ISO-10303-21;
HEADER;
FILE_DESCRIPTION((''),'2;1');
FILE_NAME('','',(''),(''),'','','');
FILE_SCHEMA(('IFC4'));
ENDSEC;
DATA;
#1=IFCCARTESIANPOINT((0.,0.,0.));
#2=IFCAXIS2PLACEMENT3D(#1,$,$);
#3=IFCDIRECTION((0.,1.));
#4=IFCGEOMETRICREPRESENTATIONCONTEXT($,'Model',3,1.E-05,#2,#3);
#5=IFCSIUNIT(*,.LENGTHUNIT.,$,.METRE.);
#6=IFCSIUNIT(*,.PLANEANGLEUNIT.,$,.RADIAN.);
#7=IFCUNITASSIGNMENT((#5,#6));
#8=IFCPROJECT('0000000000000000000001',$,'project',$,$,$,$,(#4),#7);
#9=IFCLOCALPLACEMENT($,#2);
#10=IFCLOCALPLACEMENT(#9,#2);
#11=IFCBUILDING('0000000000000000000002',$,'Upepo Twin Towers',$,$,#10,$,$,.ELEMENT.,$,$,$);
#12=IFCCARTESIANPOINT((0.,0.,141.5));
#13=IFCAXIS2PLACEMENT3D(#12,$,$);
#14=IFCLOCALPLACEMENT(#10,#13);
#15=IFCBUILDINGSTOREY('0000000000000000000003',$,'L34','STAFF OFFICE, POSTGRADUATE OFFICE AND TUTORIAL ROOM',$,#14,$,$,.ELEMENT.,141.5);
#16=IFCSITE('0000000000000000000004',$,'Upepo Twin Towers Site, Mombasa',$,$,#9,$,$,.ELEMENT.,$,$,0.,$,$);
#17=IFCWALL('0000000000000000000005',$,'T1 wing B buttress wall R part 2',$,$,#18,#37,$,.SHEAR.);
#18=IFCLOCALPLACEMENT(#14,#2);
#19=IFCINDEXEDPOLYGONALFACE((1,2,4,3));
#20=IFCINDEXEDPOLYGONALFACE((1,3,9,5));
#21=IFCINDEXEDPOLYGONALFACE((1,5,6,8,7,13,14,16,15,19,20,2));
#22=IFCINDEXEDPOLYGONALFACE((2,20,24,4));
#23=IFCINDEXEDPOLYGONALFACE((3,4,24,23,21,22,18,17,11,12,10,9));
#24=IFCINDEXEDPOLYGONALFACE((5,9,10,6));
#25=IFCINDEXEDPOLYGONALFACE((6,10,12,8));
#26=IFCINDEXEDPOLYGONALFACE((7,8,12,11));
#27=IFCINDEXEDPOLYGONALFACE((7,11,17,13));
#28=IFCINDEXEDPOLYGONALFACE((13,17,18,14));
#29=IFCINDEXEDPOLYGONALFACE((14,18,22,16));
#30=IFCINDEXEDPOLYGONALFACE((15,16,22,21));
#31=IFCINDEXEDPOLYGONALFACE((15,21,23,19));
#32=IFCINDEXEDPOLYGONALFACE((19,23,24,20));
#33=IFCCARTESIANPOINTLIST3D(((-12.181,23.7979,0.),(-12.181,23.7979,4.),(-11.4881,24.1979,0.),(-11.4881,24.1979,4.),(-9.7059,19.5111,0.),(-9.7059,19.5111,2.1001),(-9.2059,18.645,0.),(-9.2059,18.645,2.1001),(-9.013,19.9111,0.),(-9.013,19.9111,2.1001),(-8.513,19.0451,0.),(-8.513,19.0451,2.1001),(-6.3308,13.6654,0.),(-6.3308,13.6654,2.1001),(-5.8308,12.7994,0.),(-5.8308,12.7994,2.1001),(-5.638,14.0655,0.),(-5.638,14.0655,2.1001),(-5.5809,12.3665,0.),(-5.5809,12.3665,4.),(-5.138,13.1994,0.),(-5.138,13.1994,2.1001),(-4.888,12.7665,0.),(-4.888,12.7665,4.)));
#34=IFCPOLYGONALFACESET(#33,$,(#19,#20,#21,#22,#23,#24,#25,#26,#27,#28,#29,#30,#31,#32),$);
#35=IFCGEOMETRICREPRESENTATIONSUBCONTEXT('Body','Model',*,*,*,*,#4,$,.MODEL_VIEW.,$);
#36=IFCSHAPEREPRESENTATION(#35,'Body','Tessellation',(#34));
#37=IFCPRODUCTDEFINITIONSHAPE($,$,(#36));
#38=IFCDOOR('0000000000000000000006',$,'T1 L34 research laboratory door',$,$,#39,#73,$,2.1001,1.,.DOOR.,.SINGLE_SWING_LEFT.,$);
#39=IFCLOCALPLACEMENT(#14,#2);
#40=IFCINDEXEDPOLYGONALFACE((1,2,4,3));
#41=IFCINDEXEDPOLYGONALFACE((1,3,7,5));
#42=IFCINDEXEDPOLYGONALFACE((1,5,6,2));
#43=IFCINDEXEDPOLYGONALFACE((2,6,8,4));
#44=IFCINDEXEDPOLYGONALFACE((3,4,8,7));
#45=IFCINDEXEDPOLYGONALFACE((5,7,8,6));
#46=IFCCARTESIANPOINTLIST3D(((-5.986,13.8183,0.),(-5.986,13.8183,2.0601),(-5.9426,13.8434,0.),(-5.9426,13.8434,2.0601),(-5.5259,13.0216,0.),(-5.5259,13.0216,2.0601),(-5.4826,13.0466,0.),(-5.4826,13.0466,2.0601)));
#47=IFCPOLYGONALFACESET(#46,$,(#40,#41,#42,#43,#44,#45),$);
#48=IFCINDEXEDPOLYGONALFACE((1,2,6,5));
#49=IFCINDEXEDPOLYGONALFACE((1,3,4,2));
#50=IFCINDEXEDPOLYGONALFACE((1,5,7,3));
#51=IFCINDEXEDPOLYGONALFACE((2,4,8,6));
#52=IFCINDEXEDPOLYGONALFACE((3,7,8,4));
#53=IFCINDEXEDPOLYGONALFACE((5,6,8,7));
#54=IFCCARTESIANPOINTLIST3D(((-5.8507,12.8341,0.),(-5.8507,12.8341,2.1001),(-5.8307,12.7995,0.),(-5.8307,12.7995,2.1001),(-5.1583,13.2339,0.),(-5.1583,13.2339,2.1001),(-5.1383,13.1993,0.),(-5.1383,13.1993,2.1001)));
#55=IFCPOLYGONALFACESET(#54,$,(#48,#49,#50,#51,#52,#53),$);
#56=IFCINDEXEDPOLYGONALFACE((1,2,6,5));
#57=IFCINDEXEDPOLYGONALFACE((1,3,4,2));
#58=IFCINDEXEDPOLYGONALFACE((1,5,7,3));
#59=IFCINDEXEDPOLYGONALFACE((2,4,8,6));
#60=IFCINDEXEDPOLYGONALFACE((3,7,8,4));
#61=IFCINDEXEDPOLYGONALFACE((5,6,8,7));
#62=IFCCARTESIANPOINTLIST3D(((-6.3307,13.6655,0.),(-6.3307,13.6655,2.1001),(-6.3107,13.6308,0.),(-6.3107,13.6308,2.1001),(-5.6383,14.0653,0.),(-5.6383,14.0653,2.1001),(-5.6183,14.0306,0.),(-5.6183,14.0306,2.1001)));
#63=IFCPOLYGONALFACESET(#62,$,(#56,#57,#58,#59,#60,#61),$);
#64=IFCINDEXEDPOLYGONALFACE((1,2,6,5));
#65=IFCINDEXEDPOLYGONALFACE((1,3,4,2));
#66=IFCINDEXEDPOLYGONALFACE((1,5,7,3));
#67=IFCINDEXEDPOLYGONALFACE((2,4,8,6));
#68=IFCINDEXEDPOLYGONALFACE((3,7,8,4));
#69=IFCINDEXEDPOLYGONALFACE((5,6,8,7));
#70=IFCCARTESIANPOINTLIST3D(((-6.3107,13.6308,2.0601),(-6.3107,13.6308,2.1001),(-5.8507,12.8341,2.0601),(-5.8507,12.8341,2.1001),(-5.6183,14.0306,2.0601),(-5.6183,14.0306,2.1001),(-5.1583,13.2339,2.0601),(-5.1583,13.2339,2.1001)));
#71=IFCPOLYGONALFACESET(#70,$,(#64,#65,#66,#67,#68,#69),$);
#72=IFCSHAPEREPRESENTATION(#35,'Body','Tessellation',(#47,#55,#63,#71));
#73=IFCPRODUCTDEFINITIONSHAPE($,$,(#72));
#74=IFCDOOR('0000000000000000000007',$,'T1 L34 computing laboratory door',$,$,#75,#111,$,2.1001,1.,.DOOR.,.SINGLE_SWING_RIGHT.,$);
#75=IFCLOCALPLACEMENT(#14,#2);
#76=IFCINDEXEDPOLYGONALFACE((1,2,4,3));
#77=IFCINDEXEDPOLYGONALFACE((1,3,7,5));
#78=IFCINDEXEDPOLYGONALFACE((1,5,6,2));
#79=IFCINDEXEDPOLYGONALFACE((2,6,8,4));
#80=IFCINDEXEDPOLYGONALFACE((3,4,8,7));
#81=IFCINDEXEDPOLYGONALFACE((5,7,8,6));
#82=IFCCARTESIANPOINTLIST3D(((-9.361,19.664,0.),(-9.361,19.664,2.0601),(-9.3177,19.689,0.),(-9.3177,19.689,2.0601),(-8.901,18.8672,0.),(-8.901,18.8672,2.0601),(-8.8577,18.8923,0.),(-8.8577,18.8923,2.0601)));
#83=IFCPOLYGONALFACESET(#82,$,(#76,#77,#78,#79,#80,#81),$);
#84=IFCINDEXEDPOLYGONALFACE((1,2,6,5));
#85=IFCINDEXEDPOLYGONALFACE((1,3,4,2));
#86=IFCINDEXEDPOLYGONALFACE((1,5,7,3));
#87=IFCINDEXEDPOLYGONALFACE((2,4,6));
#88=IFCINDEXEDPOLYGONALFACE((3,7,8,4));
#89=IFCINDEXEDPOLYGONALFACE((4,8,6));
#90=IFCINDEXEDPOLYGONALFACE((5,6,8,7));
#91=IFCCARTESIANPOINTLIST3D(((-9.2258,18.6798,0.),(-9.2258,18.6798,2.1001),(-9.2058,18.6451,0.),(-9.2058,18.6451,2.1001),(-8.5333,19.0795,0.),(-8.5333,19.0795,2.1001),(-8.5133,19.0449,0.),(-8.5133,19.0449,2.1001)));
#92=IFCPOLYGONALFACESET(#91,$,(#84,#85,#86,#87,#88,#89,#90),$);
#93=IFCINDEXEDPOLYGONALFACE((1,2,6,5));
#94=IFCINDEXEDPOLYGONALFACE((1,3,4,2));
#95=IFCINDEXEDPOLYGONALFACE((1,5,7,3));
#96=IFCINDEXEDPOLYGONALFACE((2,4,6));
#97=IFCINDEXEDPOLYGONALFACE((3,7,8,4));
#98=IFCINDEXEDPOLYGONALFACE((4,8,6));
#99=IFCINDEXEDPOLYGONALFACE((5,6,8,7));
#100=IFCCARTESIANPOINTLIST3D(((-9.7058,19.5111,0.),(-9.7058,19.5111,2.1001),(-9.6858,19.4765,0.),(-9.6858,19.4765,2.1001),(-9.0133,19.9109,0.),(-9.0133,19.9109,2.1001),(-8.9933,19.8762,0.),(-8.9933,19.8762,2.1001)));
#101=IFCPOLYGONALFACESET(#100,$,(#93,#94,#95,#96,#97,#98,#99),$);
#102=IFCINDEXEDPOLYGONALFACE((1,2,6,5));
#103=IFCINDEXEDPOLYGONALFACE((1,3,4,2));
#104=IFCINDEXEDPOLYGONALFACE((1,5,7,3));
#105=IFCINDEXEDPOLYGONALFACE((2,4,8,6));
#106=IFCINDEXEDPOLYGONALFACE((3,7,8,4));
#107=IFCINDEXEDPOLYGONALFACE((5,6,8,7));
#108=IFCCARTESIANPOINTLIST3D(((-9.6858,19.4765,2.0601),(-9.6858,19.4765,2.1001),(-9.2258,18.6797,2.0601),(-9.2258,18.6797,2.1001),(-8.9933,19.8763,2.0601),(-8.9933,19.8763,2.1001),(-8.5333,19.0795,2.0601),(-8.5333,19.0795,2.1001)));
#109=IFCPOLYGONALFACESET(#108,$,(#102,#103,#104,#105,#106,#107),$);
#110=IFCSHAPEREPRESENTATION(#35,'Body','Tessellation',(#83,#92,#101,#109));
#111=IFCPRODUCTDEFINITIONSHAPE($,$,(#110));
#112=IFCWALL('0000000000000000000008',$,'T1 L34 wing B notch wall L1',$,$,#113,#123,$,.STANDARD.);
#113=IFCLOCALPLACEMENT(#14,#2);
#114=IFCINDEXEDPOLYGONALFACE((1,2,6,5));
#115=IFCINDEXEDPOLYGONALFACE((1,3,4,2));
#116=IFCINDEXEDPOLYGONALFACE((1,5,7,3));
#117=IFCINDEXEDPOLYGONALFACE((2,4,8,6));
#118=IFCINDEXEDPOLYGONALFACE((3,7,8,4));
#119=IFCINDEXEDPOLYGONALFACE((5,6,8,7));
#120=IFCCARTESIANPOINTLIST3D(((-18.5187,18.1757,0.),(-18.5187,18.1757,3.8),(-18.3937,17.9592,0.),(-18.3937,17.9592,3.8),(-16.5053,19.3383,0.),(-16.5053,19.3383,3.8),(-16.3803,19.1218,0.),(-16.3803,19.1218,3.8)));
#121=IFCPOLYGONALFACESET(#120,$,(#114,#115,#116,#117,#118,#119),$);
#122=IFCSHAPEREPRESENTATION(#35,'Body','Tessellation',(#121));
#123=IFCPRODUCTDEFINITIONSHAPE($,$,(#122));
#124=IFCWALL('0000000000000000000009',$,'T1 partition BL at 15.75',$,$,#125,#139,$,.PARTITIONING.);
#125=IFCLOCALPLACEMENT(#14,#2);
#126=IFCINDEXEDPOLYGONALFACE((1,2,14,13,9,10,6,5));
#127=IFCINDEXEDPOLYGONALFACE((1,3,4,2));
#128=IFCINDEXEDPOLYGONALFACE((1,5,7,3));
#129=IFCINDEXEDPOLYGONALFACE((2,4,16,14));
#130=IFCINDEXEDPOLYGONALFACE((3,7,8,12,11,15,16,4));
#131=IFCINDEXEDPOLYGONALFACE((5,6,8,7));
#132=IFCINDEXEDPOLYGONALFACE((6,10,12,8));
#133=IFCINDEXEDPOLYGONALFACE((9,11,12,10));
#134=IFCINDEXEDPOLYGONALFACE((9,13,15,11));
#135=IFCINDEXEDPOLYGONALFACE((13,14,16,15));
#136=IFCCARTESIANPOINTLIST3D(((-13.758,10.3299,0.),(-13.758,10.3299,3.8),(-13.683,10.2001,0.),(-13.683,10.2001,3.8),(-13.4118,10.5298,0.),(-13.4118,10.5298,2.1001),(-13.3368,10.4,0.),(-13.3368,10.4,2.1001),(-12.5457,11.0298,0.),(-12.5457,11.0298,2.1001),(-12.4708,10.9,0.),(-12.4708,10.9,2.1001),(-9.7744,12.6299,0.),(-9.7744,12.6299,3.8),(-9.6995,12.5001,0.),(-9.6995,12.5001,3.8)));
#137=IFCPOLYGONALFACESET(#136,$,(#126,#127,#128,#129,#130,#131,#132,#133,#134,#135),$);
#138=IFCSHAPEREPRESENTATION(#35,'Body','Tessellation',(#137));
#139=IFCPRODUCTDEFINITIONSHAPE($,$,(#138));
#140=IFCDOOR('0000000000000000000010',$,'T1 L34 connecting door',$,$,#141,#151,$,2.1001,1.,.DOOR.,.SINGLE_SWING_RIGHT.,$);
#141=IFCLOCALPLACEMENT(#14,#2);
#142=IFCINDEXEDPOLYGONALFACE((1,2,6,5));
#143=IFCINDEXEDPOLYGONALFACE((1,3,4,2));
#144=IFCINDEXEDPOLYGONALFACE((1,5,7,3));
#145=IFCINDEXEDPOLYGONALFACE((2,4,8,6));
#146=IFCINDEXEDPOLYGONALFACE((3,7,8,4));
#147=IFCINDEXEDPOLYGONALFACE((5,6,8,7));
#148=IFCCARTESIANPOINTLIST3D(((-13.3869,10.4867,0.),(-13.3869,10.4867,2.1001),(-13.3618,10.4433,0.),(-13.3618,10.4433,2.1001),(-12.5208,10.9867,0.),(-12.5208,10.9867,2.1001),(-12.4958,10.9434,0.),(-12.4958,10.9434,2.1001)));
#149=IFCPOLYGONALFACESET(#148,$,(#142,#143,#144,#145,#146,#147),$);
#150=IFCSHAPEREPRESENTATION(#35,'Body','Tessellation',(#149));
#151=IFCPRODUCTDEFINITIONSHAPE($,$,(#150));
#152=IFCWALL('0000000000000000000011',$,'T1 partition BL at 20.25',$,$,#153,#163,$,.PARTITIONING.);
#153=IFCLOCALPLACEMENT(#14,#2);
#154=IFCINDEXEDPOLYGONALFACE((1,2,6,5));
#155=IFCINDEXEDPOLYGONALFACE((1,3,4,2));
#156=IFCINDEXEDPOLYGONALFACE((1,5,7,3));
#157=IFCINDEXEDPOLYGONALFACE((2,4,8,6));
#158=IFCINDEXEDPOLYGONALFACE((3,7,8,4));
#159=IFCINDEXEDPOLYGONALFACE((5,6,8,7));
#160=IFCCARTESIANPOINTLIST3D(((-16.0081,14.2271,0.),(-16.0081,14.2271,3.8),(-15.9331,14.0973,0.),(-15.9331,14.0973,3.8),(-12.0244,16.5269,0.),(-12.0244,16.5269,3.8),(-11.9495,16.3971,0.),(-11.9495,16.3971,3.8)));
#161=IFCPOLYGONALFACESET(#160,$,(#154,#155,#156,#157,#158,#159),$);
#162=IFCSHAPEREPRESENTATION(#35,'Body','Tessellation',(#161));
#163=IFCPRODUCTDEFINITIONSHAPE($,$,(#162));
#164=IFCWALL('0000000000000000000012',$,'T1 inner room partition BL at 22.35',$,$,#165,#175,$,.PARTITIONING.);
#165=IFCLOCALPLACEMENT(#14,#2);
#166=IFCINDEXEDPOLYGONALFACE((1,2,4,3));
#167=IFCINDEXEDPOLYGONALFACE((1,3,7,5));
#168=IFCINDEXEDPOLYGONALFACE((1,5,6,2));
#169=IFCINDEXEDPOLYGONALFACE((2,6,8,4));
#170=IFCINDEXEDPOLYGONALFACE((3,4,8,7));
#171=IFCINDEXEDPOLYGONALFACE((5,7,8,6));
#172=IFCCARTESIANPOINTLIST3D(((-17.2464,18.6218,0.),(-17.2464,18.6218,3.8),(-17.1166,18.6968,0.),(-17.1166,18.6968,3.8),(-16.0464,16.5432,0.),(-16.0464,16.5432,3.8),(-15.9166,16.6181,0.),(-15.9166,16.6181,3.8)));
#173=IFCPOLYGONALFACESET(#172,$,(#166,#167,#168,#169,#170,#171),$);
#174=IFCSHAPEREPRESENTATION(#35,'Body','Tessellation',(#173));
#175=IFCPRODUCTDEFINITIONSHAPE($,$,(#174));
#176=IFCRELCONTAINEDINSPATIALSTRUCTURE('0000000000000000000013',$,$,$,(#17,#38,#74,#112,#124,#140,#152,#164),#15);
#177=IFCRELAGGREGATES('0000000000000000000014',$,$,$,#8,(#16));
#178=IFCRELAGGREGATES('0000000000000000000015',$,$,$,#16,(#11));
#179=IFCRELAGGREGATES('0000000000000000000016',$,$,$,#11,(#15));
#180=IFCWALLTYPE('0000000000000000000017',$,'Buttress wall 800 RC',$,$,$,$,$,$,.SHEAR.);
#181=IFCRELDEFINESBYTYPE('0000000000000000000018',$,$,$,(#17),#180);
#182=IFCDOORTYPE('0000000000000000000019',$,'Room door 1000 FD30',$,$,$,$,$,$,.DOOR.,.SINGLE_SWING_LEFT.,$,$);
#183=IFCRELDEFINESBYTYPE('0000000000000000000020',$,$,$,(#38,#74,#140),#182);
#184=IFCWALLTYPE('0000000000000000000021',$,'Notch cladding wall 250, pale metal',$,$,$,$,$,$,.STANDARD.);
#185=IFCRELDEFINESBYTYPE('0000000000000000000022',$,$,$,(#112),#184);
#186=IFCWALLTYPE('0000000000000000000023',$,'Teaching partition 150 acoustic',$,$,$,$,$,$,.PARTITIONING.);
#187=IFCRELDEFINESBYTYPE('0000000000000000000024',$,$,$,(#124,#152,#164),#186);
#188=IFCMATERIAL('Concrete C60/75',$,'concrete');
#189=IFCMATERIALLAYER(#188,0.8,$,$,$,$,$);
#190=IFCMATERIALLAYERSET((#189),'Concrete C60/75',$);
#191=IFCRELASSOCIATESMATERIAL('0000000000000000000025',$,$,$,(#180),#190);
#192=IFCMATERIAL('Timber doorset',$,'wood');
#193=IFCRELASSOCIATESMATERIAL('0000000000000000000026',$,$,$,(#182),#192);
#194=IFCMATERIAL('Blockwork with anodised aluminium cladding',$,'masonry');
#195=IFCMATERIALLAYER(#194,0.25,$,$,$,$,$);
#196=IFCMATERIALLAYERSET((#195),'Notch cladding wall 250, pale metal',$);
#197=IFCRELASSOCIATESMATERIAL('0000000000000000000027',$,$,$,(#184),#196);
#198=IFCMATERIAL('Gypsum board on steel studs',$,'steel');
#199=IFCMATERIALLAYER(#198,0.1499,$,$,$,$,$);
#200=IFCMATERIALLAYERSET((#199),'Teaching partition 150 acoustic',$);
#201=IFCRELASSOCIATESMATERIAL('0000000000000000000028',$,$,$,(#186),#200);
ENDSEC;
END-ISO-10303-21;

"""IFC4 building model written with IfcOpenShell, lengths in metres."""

from ifc_helpers import new_model, si_unit, direction, frame, frame_2d, origin, place, context, subcontext, project, spatial, rectangle, extrude, material, layer, layer_set, type_object, element, fill, save


model = new_model("IFC4")

# Units and contexts
model_context = context("Model", 3, precision=1e-05, world=origin(), true_north=direction((0.0, 1.0)))
body_context = subcontext(model_context, "Body", "Model", "MODEL_VIEW")
ifc_project = project(units=[si_unit("LENGTHUNIT", "METRE"), si_unit("PLANEANGLEUNIT", "RADIAN")], contexts=[model_context])

# Site, building, storey
site_placement = place(None, origin())
site = spatial("IfcSite", under=ifc_project, at=site_placement, Name="Upepo Twin Towers Site, Mombasa", CompositionType="ELEMENT", RefElevation=0.0)
building_placement = place(site_placement, origin())
building = spatial("IfcBuilding", under=site, at=building_placement, Name="Upepo Twin Towers", CompositionType="ELEMENT")
storey_placement = place(building_placement, frame((0.0, 0.0, 141.5)))
storey = spatial("IfcBuildingStorey", under=building, at=storey_placement, Name="L34", Description="STAFF OFFICE, POSTGRADUATE OFFICE AND TUTORIAL ROOM", CompositionType="ELEMENT", Elevation=141.5)

# Wall, openings, doors
ifc_material_1 = material(Name="Concrete C60/75", Category="concrete")
ifc_layer_1 = layer(ifc_material_1, 0.8)
ifc_layer_set_1 = layer_set([ifc_layer_1], Name="Concrete C60/75")
wall_type_1 = type_object("IfcWallType", Name="Buttress wall 800 RC", PredefinedType="SHEAR", material=ifc_layer_set_1)
wall_1_placement = place(storey_placement, frame((-5.2344, 12.5664, 0.0), z_axis=(0.0, 0.0, 1.0), x_axis=(-0.50001, 0.86602, 0.0)))
wall_1 = element("IfcWall", 1, at=wall_1_placement, inside=storey, type_object=wall_type_1, Name="T1 wing B buttress wall R part 2", PredefinedType="SHEAR", context=body_context, shape_type="SweptSolid", body=[
    extrude(rectangle(XDim=13.2, YDim=0.8, at=frame_2d((6.6001, 0.0))), origin(), (0.0, 0.0, 1.0), 4.0),
])
opening_1_placement = place(wall_1_placement, frame((0.5, 0.0, 0.0)))
opening_1 = element("IfcOpeningElement", 2, at=opening_1_placement, cuts=wall_1, PredefinedType="OPENING", context=body_context, shape_type="SweptSolid", body=[
    extrude(rectangle(XDim=1.0, YDim=2.1001, at=frame_2d((0.5, 1.05))), frame((0.0, 0.4099, 0.0), z_axis=(0.0, -1.0, 0.0), x_axis=(1.0, 0.0, 0.0)), (0.0, 0.0, 1.0), 0.8201),
])
opening_2_placement = place(wall_1_placement, frame((7.25, 0.0, 0.0)))
opening_2 = element("IfcOpeningElement", 3, at=opening_2_placement, cuts=wall_1, PredefinedType="OPENING", context=body_context, shape_type="SweptSolid", body=[
    extrude(rectangle(XDim=1.0, YDim=2.1001, at=frame_2d((0.5, 1.05))), frame((0.0, 0.4099, 0.0), z_axis=(0.0, -1.0, 0.0), x_axis=(1.0, 0.0, 0.0)), (0.0, 0.0, 1.0), 0.8201),
])
ifc_material_2 = material(Name="Timber doorset", Category="wood")
door_type = type_object("IfcDoorType", Name="Room door 1000 FD30", OperationType="SINGLE_SWING_LEFT", PredefinedType="DOOR", material=ifc_material_2)
door_1_placement = place(opening_1_placement, origin())
door_1 = element("IfcDoor", 4, at=door_1_placement, inside=storey, type_object=door_type, Name="T1 L34 research laboratory door", OperationType="SINGLE_SWING_LEFT", OverallHeight=2.1001, OverallWidth=1.0, PredefinedType="DOOR", context=body_context, shape_type="SweptSolid", body=[
    extrude(rectangle(XDim=0.92, YDim=2.0601, at=frame_2d((0.5, 1.03))), frame((0.0, 0.0249, 0.0), z_axis=(0.0, -1.0, 0.0), x_axis=(1.0, 0.0, 0.0)), (0.0, 0.0, 1.0), 0.05),
    extrude(rectangle(XDim=0.04, YDim=2.1001, at=frame_2d((0.02, 1.05))), frame((0.0, 0.3999, 0.0), z_axis=(0.0, -1.0, 0.0), x_axis=(1.0, 0.0, 0.0)), (0.0, 0.0, 1.0), 0.7996),
    extrude(rectangle(XDim=0.04, YDim=2.1001, at=frame_2d((0.98, 1.05))), frame((0.0, 0.3999, 0.0), z_axis=(0.0, -1.0, 0.0), x_axis=(1.0, 0.0, 0.0)), (0.0, 0.0, 1.0), 0.7996),
    extrude(rectangle(XDim=0.92, YDim=0.04, at=frame_2d((0.5, 2.0801))), frame((0.0, 0.3999, 0.0), z_axis=(0.0, -1.0, 0.0), x_axis=(1.0, 0.0, 0.0)), (0.0, 0.0, 1.0), 0.7996),
])
fill(opening_1, door_1)
door_2_placement = place(opening_2_placement, origin())
door_2 = element("IfcDoor", 5, at=door_2_placement, inside=storey, type_object=door_type, Name="T1 L34 computing laboratory door", OperationType="SINGLE_SWING_RIGHT", OverallHeight=2.1001, OverallWidth=1.0, PredefinedType="DOOR", context=body_context, shape_type="SweptSolid", body=[
    extrude(rectangle(XDim=0.92, YDim=2.0601, at=frame_2d((0.5, 1.03))), frame((0.0, 0.0249, 0.0), z_axis=(0.0, -1.0, 0.0), x_axis=(1.0, 0.0, 0.0)), (0.0, 0.0, 1.0), 0.05),
    extrude(rectangle(XDim=0.04, YDim=2.1001, at=frame_2d((0.02, 1.05))), frame((0.0, 0.3999, 0.0), z_axis=(0.0, -1.0, 0.0), x_axis=(1.0, 0.0, 0.0)), (0.0, 0.0, 1.0), 0.7996),
    extrude(rectangle(XDim=0.04, YDim=2.1001, at=frame_2d((0.98, 1.05))), frame((0.0, 0.3999, 0.0), z_axis=(0.0, -1.0, 0.0), x_axis=(1.0, 0.0, 0.0)), (0.0, 0.0, 1.0), 0.7996),
    extrude(rectangle(XDim=0.92, YDim=0.04, at=frame_2d((0.5, 2.0801))), frame((0.0, 0.3999, 0.0), z_axis=(0.0, -1.0, 0.0), x_axis=(1.0, 0.0, 0.0)), (0.0, 0.0, 1.0), 0.7996),
])
fill(opening_2, door_2)

# Wall
ifc_material_3 = material(Name="Blockwork with anodised aluminium cladding", Category="masonry")
ifc_layer_2 = layer(ifc_material_3, 0.25)
ifc_layer_set_2 = layer_set([ifc_layer_2], Name="Notch cladding wall 250, pale metal")
wall_type_2 = type_object("IfcWallType", Name="Notch cladding wall 250, pale metal", PredefinedType="STANDARD", material=ifc_layer_set_2)
wall_2_placement = place(storey_placement, frame((-18.4563, 18.0674, 0.0), z_axis=(0.0, 0.0, 1.0), x_axis=(0.865998, 0.500047, 0.0)))
element("IfcWall", 6, at=wall_2_placement, inside=storey, type_object=wall_type_2, Name="T1 L34 wing B notch wall L1", PredefinedType="STANDARD", context=body_context, shape_type="SweptSolid", body=[
    extrude(rectangle(XDim=2.325, YDim=0.25, at=frame_2d((1.1626, 0.0))), origin(), (0.0, 0.0, 1.0), 3.8),
])

# Wall, opening, door
ifc_material_4 = material(Name="Gypsum board on steel studs", Category="steel")
ifc_layer_3 = layer(ifc_material_4, 0.1499)
ifc_layer_set_3 = layer_set([ifc_layer_3], Name="Teaching partition 150 acoustic")
wall_type_3 = type_object("IfcWallType", Name="Teaching partition 150 acoustic", PredefinedType="PARTITIONING", material=ifc_layer_set_3)
wall_3_placement = place(storey_placement, frame((-9.7371, 12.5649, 0.0), z_axis=(0.0, 0.0, 1.0), x_axis=(-0.866017, -0.500015, 0.0)))
wall_3 = element("IfcWall", 7, at=wall_3_placement, inside=storey, type_object=wall_type_3, Name="T1 partition BL at 15.75", PredefinedType="PARTITIONING", context=body_context, shape_type="SweptSolid", body=[
    extrude(rectangle(XDim=4.5999, YDim=0.1499, at=frame_2d((2.2998, 0.0))), origin(), (0.0, 0.0, 1.0), 3.8),
])
opening_3_placement = place(wall_3_placement, frame((3.2, 0.0, 0.0)))
opening_3 = element("IfcOpeningElement", 8, at=opening_3_placement, cuts=wall_3, PredefinedType="OPENING", context=body_context, shape_type="SweptSolid", body=[
    extrude(rectangle(XDim=1.0, YDim=2.1001, at=frame_2d((0.5, 1.05))), frame((0.0, 0.085, 0.0), z_axis=(0.0, -1.0, 0.0), x_axis=(1.0, 0.0, 0.0)), (0.0, 0.0, 1.0), 0.1699),
])
door_3_placement = place(opening_3_placement, origin())
door_3 = element("IfcDoor", 9, at=door_3_placement, inside=storey, type_object=door_type, Name="T1 L34 connecting door", OperationType="SINGLE_SWING_RIGHT", OverallHeight=2.1001, OverallWidth=1.0, PredefinedType="DOOR", context=body_context, shape_type="SweptSolid", body=[
    extrude(rectangle(XDim=1.0, YDim=2.1001, at=frame_2d((0.5, 1.05))), frame((0.0, 0.0249, 0.0), z_axis=(0.0, -1.0, 0.0), x_axis=(1.0, 0.0, 0.0)), (0.0, 0.0, 1.0), 0.05),
])
fill(opening_3, door_3)

# Walls
wall_4_placement = place(storey_placement, frame((-11.9871, 16.4619, 0.0), z_axis=(0.0, 0.0, 1.0), x_axis=(-0.86604, -0.499975, 0.0)))
element("IfcWall", 10, at=wall_4_placement, inside=storey, type_object=wall_type_3, Name="T1 partition BL at 20.25", PredefinedType="PARTITIONING", context=body_context, shape_type="SweptSolid", body=[
    extrude(rectangle(XDim=4.5999, YDim=0.1499, at=frame_2d((2.2998, 0.0))), origin(), (0.0, 0.0, 1.0), 3.8),
])
wall_5_placement = place(storey_placement, frame((-15.9814, 16.5806, 0.0), z_axis=(0.0, 0.0, 1.0), x_axis=(-0.499957, 0.86605, 0.0)))
element("IfcWall", 11, at=wall_5_placement, inside=storey, type_object=wall_type_3, Name="T1 inner room partition BL at 22.35", PredefinedType="PARTITIONING", context=body_context, shape_type="SweptSolid", body=[
    extrude(rectangle(XDim=2.4001, YDim=0.1499, at=frame_2d((1.2002, 0.0))), origin(), (0.0, 0.0, 1.0), 3.8),
])

save(model, "model.ifc")
